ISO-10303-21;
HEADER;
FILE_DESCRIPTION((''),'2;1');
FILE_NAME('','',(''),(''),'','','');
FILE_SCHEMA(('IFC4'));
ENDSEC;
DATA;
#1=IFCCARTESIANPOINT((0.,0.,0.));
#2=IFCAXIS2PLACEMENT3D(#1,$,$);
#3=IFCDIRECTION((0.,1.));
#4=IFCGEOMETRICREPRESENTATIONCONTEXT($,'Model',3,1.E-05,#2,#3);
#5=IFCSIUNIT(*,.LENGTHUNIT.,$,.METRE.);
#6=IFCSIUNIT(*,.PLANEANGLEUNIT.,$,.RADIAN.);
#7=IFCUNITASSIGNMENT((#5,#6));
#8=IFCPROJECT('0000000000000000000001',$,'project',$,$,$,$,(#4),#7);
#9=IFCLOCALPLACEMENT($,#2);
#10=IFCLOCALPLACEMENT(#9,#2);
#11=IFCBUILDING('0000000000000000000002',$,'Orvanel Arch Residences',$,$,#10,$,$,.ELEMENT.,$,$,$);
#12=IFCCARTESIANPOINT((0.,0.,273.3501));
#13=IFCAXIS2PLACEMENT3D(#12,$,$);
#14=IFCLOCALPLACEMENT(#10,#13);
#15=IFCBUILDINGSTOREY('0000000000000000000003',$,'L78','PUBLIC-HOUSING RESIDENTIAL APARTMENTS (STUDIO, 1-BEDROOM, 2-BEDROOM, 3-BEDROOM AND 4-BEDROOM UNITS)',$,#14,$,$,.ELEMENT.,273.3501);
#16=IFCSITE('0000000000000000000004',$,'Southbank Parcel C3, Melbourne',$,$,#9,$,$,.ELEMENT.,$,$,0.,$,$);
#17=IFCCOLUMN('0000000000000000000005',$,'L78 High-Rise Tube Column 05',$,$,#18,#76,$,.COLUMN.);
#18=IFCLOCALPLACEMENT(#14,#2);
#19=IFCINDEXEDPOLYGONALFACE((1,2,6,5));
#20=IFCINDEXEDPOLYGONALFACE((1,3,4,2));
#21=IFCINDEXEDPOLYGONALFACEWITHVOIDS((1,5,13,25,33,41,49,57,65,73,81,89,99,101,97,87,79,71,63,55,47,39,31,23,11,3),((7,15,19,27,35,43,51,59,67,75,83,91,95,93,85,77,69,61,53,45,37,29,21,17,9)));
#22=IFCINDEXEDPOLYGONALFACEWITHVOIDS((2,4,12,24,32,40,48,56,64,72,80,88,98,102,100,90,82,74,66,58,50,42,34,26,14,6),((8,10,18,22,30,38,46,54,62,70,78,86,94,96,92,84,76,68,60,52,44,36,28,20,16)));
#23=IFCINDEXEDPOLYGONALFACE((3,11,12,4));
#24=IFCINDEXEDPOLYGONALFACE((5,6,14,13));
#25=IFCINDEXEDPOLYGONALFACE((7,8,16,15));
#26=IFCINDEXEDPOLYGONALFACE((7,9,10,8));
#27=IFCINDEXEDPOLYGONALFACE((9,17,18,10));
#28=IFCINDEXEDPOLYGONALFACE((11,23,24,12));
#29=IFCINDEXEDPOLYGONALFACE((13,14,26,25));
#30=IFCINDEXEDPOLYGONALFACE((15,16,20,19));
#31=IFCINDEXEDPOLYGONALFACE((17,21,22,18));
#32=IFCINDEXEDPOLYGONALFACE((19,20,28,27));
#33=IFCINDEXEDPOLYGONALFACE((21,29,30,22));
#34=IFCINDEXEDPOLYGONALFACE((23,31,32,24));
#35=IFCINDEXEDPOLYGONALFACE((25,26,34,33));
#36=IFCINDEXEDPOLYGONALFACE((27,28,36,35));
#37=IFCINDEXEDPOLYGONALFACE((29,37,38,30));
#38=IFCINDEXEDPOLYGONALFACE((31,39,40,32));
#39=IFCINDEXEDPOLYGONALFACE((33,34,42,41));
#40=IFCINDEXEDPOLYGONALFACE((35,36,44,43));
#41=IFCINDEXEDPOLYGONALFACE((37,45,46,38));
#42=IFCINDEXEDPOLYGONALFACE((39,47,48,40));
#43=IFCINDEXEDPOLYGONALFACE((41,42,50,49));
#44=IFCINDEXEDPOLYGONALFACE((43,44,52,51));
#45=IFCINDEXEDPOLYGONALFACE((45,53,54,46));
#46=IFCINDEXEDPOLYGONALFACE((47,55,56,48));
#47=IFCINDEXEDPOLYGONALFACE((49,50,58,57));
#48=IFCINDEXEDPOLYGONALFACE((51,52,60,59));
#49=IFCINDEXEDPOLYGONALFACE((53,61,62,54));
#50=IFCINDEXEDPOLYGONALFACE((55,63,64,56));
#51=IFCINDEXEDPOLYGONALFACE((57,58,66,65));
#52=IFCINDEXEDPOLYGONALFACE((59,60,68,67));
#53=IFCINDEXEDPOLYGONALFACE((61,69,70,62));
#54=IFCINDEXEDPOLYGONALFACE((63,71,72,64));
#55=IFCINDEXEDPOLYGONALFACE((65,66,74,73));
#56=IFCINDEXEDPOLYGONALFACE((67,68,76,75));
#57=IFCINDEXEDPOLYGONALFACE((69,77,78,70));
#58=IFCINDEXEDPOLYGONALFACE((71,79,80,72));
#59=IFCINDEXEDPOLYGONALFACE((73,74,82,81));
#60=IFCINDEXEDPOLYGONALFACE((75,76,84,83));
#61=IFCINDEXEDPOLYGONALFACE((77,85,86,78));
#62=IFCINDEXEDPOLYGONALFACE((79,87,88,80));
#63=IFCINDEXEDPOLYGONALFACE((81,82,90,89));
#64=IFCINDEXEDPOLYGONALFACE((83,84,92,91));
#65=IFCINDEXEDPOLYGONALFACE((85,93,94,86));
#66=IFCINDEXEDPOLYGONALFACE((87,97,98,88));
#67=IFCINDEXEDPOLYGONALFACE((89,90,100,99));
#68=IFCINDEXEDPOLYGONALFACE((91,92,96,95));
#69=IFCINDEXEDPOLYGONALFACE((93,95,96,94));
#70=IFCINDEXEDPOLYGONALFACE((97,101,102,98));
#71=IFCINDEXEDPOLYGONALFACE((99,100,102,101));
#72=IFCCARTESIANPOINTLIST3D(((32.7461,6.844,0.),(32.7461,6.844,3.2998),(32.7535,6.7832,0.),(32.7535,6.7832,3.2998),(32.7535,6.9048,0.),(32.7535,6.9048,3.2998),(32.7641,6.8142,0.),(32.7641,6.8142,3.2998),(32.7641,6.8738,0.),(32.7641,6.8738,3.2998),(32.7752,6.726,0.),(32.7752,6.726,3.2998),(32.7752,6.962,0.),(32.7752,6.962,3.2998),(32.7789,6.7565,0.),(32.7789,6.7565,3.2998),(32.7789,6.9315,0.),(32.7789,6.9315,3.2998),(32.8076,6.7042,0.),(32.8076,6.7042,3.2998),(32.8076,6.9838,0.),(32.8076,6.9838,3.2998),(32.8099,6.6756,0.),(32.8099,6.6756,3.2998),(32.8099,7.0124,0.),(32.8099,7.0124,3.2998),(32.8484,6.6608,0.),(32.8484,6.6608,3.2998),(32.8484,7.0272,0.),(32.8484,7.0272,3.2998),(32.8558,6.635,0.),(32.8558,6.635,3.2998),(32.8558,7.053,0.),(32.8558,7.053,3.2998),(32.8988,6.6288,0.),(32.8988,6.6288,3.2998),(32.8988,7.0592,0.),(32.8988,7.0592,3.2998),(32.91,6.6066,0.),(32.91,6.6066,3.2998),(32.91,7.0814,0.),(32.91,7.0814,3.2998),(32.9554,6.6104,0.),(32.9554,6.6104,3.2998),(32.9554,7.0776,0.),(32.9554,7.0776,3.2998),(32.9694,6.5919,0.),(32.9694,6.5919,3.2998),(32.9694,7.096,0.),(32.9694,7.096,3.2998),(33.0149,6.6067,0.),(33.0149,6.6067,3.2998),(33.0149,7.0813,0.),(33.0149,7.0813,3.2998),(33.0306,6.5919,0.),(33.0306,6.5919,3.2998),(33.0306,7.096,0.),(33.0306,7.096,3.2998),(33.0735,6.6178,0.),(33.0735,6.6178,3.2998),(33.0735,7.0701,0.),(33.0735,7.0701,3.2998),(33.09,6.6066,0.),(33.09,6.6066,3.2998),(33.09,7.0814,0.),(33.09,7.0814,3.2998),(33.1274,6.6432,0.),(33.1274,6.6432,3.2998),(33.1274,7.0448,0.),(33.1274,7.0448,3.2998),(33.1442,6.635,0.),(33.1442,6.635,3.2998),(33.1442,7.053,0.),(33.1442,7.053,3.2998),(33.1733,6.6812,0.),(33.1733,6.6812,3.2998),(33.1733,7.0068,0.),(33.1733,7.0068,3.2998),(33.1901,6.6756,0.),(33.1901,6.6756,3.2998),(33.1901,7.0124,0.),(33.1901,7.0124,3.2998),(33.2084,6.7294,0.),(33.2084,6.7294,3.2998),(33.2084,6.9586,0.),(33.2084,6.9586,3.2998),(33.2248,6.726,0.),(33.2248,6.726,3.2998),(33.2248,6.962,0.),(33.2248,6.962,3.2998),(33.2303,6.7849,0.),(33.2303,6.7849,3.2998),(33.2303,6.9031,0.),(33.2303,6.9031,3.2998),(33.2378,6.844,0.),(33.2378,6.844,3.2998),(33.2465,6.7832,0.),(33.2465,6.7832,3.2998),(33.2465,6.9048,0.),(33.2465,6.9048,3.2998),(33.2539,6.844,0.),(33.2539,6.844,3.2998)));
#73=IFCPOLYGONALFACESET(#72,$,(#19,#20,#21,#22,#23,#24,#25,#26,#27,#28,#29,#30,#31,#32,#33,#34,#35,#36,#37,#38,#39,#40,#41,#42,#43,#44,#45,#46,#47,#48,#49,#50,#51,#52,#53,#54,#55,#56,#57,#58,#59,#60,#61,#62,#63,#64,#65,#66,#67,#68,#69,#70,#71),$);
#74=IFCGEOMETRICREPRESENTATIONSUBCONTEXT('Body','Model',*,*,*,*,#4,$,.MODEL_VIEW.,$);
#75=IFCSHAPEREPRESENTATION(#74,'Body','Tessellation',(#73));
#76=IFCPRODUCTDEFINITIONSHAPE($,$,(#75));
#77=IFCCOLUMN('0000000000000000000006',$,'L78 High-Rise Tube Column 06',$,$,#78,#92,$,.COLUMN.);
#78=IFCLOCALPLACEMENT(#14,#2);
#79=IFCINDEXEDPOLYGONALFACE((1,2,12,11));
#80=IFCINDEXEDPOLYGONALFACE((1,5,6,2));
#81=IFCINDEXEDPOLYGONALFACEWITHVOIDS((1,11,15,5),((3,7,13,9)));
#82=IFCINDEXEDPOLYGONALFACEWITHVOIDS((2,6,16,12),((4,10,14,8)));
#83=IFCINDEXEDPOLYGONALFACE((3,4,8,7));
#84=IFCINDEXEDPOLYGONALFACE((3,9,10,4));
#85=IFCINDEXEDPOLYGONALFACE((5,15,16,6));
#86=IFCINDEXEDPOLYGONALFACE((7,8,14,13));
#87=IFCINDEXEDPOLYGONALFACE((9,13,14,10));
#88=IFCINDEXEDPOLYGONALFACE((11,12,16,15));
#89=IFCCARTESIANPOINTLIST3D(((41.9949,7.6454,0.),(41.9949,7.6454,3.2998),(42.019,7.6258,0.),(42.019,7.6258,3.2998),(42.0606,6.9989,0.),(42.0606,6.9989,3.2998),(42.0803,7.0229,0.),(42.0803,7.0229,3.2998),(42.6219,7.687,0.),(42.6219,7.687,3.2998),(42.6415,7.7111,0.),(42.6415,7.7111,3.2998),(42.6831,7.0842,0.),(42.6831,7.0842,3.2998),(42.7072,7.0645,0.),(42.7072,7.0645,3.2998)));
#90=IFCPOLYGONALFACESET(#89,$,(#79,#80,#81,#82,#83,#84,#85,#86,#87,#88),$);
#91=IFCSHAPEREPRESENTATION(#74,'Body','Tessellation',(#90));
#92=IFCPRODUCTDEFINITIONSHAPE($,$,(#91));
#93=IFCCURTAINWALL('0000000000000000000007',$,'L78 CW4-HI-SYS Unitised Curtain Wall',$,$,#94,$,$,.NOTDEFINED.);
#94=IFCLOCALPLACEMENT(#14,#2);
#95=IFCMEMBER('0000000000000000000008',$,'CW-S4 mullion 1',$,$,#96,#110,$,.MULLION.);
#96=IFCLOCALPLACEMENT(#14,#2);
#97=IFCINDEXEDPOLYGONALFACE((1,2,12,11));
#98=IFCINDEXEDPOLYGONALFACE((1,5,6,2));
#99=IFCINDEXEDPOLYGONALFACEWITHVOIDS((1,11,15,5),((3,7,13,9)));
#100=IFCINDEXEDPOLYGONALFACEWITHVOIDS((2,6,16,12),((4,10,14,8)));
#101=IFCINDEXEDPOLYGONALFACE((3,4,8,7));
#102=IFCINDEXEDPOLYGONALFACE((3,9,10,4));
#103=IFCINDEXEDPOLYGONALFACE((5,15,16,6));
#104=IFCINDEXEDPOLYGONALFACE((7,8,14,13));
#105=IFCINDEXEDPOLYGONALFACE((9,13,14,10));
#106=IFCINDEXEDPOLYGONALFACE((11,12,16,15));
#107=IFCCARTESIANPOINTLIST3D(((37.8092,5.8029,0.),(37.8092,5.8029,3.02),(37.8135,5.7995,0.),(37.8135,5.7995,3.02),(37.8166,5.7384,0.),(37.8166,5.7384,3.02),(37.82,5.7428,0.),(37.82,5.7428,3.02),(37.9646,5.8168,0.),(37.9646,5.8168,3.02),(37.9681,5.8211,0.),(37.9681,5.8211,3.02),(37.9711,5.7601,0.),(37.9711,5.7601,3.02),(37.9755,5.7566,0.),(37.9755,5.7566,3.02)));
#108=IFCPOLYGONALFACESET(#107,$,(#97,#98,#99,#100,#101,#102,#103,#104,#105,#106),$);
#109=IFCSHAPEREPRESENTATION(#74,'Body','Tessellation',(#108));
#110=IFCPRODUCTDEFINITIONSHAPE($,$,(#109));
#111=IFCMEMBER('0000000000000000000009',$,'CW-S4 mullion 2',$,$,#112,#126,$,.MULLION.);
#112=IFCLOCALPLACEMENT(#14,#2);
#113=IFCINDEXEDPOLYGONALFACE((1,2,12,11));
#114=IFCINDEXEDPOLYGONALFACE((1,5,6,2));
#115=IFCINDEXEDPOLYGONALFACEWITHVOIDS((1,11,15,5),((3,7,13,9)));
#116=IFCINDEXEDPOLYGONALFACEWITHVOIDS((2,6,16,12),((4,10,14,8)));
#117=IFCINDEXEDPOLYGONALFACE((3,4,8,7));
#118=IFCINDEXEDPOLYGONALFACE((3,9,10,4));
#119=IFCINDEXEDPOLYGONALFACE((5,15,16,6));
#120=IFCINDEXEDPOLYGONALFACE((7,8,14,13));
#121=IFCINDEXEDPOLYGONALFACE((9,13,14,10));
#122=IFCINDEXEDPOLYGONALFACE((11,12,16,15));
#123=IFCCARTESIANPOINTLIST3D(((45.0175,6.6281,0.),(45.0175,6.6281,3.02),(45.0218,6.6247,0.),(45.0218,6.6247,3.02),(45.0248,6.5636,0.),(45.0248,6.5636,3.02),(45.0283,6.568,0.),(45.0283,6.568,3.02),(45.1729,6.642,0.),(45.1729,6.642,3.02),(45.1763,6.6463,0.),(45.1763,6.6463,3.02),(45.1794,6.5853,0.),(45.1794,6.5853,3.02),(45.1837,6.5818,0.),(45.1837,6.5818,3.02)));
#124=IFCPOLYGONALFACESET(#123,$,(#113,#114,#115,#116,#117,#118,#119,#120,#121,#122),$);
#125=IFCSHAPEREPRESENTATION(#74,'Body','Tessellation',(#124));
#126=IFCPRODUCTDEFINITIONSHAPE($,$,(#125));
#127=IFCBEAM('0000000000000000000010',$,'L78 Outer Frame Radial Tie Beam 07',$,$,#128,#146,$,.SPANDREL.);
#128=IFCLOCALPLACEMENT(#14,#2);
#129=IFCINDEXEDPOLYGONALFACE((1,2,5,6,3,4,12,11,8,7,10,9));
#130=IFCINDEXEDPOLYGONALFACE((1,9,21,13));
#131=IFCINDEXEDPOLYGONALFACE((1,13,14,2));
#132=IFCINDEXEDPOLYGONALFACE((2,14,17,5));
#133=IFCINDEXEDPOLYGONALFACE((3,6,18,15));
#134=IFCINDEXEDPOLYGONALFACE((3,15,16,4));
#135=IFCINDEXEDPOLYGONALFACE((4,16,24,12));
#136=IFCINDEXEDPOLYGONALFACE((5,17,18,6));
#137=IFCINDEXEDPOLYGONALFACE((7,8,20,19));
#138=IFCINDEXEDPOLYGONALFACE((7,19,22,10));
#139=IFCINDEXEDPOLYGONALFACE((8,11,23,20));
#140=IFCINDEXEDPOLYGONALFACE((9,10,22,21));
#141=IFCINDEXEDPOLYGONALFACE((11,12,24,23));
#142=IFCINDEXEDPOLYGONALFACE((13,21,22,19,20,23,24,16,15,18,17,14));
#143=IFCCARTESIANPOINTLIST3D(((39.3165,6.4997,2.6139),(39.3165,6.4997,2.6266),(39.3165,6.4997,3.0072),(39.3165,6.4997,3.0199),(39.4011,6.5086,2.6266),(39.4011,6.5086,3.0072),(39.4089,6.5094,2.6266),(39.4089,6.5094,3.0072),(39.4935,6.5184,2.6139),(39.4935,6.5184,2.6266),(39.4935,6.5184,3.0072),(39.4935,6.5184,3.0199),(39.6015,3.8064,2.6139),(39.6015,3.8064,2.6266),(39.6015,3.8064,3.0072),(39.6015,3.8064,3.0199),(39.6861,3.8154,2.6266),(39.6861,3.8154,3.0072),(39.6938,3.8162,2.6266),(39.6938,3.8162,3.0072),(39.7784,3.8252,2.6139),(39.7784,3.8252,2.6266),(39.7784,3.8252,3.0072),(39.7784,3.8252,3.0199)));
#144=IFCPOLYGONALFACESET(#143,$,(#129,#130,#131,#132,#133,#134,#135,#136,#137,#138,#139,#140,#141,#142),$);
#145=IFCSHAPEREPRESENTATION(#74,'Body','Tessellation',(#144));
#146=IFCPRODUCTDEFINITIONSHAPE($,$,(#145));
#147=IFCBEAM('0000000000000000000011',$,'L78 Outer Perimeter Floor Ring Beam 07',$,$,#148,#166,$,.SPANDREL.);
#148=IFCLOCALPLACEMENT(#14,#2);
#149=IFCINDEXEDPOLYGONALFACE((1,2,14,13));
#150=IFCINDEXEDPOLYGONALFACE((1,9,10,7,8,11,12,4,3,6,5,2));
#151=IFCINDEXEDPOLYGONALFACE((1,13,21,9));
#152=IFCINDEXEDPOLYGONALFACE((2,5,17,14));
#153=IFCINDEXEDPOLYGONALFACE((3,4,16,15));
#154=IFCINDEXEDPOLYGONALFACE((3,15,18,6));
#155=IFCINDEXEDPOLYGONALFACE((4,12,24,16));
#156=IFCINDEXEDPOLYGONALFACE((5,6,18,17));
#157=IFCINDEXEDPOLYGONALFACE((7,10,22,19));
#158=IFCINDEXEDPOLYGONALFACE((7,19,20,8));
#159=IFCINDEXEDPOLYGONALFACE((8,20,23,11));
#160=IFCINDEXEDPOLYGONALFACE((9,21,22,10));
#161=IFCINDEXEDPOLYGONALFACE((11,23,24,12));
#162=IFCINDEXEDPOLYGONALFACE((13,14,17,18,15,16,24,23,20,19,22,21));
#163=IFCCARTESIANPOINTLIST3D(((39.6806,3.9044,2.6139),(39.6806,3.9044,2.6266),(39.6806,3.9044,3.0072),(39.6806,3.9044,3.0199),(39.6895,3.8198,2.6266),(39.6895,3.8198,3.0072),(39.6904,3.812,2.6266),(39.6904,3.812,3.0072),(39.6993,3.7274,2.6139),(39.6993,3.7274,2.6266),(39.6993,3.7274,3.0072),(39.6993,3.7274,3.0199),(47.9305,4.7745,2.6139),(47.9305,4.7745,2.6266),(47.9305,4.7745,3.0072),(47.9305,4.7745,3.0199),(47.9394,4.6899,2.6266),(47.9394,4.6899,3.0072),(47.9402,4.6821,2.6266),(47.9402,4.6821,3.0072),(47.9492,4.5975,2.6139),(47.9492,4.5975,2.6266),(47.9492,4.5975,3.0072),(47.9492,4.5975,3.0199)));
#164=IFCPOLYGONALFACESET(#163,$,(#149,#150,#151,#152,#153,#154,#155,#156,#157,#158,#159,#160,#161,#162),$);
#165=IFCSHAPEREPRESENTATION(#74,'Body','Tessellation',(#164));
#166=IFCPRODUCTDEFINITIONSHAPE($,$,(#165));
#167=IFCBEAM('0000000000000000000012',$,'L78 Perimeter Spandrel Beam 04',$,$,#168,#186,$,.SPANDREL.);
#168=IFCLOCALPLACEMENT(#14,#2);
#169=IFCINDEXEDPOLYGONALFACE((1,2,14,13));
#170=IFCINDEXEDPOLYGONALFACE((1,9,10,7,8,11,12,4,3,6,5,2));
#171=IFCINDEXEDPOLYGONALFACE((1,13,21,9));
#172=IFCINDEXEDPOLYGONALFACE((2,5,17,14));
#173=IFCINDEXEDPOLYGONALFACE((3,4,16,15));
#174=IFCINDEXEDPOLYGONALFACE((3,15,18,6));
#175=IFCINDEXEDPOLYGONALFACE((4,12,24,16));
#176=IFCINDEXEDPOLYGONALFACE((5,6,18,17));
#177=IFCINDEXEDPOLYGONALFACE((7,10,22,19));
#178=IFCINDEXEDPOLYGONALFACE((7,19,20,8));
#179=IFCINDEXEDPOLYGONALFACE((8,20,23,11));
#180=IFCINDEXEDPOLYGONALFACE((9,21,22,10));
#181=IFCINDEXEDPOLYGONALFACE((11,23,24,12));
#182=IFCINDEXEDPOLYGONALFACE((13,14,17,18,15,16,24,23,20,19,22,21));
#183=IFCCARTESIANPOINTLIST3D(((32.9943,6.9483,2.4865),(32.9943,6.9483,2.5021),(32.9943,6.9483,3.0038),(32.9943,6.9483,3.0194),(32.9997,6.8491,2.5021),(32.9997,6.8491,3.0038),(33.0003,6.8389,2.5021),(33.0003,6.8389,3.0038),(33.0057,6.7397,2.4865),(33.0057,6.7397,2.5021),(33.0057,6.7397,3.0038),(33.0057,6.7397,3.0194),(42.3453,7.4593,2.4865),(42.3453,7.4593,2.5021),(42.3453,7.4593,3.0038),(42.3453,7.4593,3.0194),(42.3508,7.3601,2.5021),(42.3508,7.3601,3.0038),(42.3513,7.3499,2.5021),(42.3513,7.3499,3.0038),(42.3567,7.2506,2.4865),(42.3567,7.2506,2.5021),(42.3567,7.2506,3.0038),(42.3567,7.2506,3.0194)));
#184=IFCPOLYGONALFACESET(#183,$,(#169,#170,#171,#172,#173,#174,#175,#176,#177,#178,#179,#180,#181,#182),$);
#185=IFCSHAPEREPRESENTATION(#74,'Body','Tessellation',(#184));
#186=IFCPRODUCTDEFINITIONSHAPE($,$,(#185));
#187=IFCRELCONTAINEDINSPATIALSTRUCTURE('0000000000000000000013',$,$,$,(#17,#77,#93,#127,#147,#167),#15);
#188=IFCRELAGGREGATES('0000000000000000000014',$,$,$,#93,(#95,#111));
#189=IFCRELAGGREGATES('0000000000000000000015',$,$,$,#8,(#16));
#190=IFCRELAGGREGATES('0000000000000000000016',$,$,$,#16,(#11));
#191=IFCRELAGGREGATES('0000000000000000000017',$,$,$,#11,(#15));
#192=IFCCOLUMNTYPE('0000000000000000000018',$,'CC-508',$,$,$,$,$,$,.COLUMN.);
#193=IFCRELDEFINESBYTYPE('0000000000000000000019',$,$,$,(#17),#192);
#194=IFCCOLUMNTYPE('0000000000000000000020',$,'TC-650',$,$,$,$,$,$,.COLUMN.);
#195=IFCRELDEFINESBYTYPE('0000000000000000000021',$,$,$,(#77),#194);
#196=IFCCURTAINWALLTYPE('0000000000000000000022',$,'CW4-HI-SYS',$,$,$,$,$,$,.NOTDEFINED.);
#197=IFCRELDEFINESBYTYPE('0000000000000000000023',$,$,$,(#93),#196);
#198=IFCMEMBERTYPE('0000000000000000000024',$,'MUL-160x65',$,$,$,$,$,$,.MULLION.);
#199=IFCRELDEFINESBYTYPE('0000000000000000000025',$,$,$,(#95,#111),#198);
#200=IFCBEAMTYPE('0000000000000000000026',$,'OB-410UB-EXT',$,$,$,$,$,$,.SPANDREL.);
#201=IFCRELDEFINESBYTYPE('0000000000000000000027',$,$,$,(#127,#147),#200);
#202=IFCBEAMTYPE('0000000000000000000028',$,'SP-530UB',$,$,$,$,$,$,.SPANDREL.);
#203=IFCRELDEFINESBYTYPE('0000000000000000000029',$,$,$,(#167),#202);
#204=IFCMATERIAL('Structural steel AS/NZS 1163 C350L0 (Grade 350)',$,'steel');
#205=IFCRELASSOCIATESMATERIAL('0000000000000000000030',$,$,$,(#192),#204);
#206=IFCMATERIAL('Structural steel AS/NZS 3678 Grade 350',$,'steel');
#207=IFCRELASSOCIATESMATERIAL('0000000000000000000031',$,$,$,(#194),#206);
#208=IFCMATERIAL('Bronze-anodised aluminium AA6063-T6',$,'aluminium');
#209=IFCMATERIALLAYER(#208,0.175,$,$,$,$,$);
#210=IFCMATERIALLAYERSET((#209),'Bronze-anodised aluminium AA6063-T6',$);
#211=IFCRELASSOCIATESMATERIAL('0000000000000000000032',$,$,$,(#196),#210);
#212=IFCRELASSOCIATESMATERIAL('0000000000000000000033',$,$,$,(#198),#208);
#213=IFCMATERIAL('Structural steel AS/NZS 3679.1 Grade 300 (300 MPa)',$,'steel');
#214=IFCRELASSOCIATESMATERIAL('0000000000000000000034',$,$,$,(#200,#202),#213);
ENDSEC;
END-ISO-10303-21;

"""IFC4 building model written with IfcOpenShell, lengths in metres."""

from ifc_helpers import new_model, si_unit, direction, frame, origin, origin_2d, place, context, subcontext, project, spatial, hollow_rectangle, hollow_circle, i_section, extrude, material, layer, layer_set, material_profile, profile_set, type_object, element, aggregate, save


model = new_model("IFC4")

# Units and contexts
model_context = context("Model", 3, precision=1e-05, world=origin(), true_north=direction((0.0, 1.0)))
body_context = subcontext(model_context, "Body", "Model", "MODEL_VIEW")
ifc_project = project(units=[si_unit("LENGTHUNIT", "METRE"), si_unit("PLANEANGLEUNIT", "RADIAN")], contexts=[model_context])

# Site, building, storey
site_placement = place(None, origin())
site = spatial("IfcSite", under=ifc_project, at=site_placement, Name="Southbank Parcel C3, Melbourne", CompositionType="ELEMENT", RefElevation=0.0)
building_placement = place(site_placement, origin())
building = spatial("IfcBuilding", under=site, at=building_placement, Name="Orvanel Arch Residences", CompositionType="ELEMENT")
storey_placement = place(building_placement, frame((0.0, 0.0, 273.3501)))
storey = spatial("IfcBuildingStorey", under=building, at=storey_placement, Name="L78", Description="PUBLIC-HOUSING RESIDENTIAL APARTMENTS (STUDIO, 1-BEDROOM, 2-BEDROOM, 3-BEDROOM AND 4-BEDROOM UNITS)", CompositionType="ELEMENT", Elevation=273.3501)

# Columns
ifc_material_1 = material(Name="Structural steel AS/NZS 1163 C350L0 (Grade 350)", Category="steel")
ifc_material_profile_1 = material_profile(ifc_material_1, hollow_circle(Radius=0.2539, WallThickness=0.0161, at=origin_2d()), Name="CHS508x16")
ifc_profile_set_1 = profile_set([ifc_material_profile_1], Name="Structural steel AS/NZS 1163 C350L0 (Grade 350)")
column_type_1 = type_object("IfcColumnType", Name="CC-508", PredefinedType="COLUMN", material=ifc_profile_set_1)
column_1_placement = place(storey_placement, frame((33.0, 6.844, 0.0), z_axis=(0.0, 0.0, 1.0), x_axis=(1.0, 0.0, 0.0)))
element("IfcColumn", 1, at=column_1_placement, inside=storey, type_object=column_type_1, Name="L78 High-Rise Tube Column 05", PredefinedType="COLUMN", context=body_context, shape_type="SweptSolid", body=[
    extrude(hollow_circle(Radius=0.2539, WallThickness=0.0161, at=origin_2d()), origin(), (0.0, 0.0, 1.0), 3.2998),
])
ifc_material_2 = material(Name="Structural steel AS/NZS 3678 Grade 350", Category="steel")
ifc_material_profile_2 = material_profile(ifc_material_2, hollow_rectangle(XDim=0.6499, YDim=0.6499, WallThickness=0.022, at=origin_2d()), Name="BOX650x650x22")
ifc_profile_set_2 = profile_set([ifc_material_profile_2], Name="Structural steel AS/NZS 3678 Grade 350")
column_type_2 = type_object("IfcColumnType", Name="TC-650", PredefinedType="COLUMN", material=ifc_profile_set_2)
column_2_placement = place(storey_placement, frame((42.3511, 7.355, 0.0), z_axis=(0.0, 0.0, 1.0), x_axis=(0.994881, 0.101056, 0.0)))
element("IfcColumn", 2, at=column_2_placement, inside=storey, type_object=column_type_2, Name="L78 High-Rise Tube Column 06", PredefinedType="COLUMN", context=body_context, shape_type="SweptSolid", body=[
    extrude(hollow_rectangle(XDim=0.6499, YDim=0.6499, WallThickness=0.022, at=origin_2d()), origin(), (0.0, 0.0, 1.0), 3.2998),
])

# Curtain wall, members
ifc_material_3 = material(Name="Bronze-anodised aluminium AA6063-T6", Category="aluminium")
ifc_layer_1 = layer(ifc_material_3, 0.175)
ifc_layer_set_1 = layer_set([ifc_layer_1], Name="Bronze-anodised aluminium AA6063-T6")
curtain_wall_type = type_object("IfcCurtainWallType", Name="CW4-HI-SYS", PredefinedType="NOTDEFINED", material=ifc_layer_set_1)
curtain_wall_placement = place(storey_placement, origin())
curtain_wall = element("IfcCurtainWall", 3, at=curtain_wall_placement, inside=storey, type_object=curtain_wall_type, Name="L78 CW4-HI-SYS Unitised Curtain Wall", PredefinedType="NOTDEFINED")
ifc_material_profile_3 = material_profile(ifc_material_3, hollow_rectangle(XDim=0.0649, YDim=0.1599, WallThickness=0.0039, at=origin_2d()), Name="ALU160x65x4")
ifc_profile_set_3 = profile_set([ifc_material_profile_3], Name="Bronze-anodised aluminium AA6063-T6")
member_type_1 = type_object("IfcMemberType", Name="MUL-160x65", PredefinedType="MULLION", material=ifc_profile_set_3)
member_1_placement = place(storey_placement, frame((37.8923, 5.7798, 0.0), z_axis=(0.0, 0.0, 1.0), x_axis=(-0.113752, 0.993509, 0.0)))
member_1 = element("IfcMember", 4, at=member_1_placement, type_object=member_type_1, Name="CW-S4 mullion 1", PredefinedType="MULLION", context=body_context, shape_type="SweptSolid", body=[
    extrude(hollow_rectangle(XDim=0.0649, YDim=0.1599, WallThickness=0.0039, at=origin_2d()), origin(), (0.0, 0.0, 1.0), 3.02),
])
member_2_placement = place(storey_placement, frame((45.1006, 6.605, 0.0), z_axis=(0.0, 0.0, 1.0), x_axis=(-0.113752, 0.993509, 0.0)))
member_2 = element("IfcMember", 5, at=member_2_placement, type_object=member_type_1, Name="CW-S4 mullion 2", PredefinedType="MULLION", context=body_context, shape_type="SweptSolid", body=[
    extrude(hollow_rectangle(XDim=0.0649, YDim=0.1599, WallThickness=0.0039, at=origin_2d()), origin(), (0.0, 0.0, 1.0), 3.02),
])

# Beams
ifc_material_4 = material(Name="Structural steel AS/NZS 3679.1 Grade 300 (300 MPa)", Category="steel")
ifc_material_profile_4 = material_profile(ifc_material_4, i_section(OverallWidth=0.178, OverallDepth=0.406, WebThickness=0.0078, FlangeThickness=0.0127, at=origin_2d()), Name="410UB59.7")
ifc_profile_set_4 = profile_set([ifc_material_profile_4], Name="Structural steel AS/NZS 3679.1 Grade 300 (300 MPa)")
beam_type_1 = type_object("IfcBeamType", Name="OB-410UB-EXT", PredefinedType="SPANDREL", material=ifc_profile_set_4)
beam_1_placement = place(storey_placement, frame((39.405, 6.509, 2.8169), z_axis=(0.105206, -0.99445, 0.0), x_axis=(0.99445, 0.105206, 0.0)))
element("IfcBeam", 6, at=beam_1_placement, inside=storey, type_object=beam_type_1, Name="L78 Outer Frame Radial Tie Beam 07", PredefinedType="SPANDREL", context=body_context, shape_type="SweptSolid", body=[
    extrude(i_section(OverallWidth=0.178, OverallDepth=0.406, WebThickness=0.0078, FlangeThickness=0.0127, at=origin_2d()), origin(), (0.0, 0.0, 1.0), 2.7083),
])
beam_2_placement = place(storey_placement, frame((39.6899, 3.8159, 2.8169), z_axis=(0.994484, 0.104887, 0.0), x_axis=(-0.104887, 0.994484, 0.0)))
element("IfcBeam", 7, at=beam_2_placement, inside=storey, type_object=beam_type_1, Name="L78 Outer Perimeter Floor Ring Beam 07", PredefinedType="SPANDREL", context=body_context, shape_type="SweptSolid", body=[
    extrude(i_section(OverallWidth=0.178, OverallDepth=0.406, WebThickness=0.0078, FlangeThickness=0.0127, at=origin_2d()), origin(), (0.0, 0.0, 1.0), 8.2957),
])
ifc_material_profile_5 = material_profile(ifc_material_4, i_section(OverallWidth=0.209, OverallDepth=0.533, WebThickness=0.0103, FlangeThickness=0.0156, at=origin_2d()), Name="530UB92.4")
ifc_profile_set_5 = profile_set([ifc_material_profile_5], Name="Structural steel AS/NZS 3679.1 Grade 300 (300 MPa)")
beam_type_2 = type_object("IfcBeamType", Name="SP-530UB", PredefinedType="SPANDREL", material=ifc_profile_set_5)
beam_3_placement = place(storey_placement, frame((33.0, 6.844, 2.7529), z_axis=(0.99851, 0.054563, 0.0), x_axis=(-0.054563, 0.99851, 0.0)))
element("IfcBeam", 8, at=beam_3_placement, inside=storey, type_object=beam_type_2, Name="L78 Perimeter Spandrel Beam 04", PredefinedType="SPANDREL", context=body_context, shape_type="SweptSolid", body=[
    extrude(i_section(OverallWidth=0.209, OverallDepth=0.533, WebThickness=0.0103, FlangeThickness=0.0156, at=origin_2d()), origin(), (0.0, 0.0, 1.0), 9.365),
])

aggregate(curtain_wall, [member_1, member_2])

save(model, "model.ifc")
